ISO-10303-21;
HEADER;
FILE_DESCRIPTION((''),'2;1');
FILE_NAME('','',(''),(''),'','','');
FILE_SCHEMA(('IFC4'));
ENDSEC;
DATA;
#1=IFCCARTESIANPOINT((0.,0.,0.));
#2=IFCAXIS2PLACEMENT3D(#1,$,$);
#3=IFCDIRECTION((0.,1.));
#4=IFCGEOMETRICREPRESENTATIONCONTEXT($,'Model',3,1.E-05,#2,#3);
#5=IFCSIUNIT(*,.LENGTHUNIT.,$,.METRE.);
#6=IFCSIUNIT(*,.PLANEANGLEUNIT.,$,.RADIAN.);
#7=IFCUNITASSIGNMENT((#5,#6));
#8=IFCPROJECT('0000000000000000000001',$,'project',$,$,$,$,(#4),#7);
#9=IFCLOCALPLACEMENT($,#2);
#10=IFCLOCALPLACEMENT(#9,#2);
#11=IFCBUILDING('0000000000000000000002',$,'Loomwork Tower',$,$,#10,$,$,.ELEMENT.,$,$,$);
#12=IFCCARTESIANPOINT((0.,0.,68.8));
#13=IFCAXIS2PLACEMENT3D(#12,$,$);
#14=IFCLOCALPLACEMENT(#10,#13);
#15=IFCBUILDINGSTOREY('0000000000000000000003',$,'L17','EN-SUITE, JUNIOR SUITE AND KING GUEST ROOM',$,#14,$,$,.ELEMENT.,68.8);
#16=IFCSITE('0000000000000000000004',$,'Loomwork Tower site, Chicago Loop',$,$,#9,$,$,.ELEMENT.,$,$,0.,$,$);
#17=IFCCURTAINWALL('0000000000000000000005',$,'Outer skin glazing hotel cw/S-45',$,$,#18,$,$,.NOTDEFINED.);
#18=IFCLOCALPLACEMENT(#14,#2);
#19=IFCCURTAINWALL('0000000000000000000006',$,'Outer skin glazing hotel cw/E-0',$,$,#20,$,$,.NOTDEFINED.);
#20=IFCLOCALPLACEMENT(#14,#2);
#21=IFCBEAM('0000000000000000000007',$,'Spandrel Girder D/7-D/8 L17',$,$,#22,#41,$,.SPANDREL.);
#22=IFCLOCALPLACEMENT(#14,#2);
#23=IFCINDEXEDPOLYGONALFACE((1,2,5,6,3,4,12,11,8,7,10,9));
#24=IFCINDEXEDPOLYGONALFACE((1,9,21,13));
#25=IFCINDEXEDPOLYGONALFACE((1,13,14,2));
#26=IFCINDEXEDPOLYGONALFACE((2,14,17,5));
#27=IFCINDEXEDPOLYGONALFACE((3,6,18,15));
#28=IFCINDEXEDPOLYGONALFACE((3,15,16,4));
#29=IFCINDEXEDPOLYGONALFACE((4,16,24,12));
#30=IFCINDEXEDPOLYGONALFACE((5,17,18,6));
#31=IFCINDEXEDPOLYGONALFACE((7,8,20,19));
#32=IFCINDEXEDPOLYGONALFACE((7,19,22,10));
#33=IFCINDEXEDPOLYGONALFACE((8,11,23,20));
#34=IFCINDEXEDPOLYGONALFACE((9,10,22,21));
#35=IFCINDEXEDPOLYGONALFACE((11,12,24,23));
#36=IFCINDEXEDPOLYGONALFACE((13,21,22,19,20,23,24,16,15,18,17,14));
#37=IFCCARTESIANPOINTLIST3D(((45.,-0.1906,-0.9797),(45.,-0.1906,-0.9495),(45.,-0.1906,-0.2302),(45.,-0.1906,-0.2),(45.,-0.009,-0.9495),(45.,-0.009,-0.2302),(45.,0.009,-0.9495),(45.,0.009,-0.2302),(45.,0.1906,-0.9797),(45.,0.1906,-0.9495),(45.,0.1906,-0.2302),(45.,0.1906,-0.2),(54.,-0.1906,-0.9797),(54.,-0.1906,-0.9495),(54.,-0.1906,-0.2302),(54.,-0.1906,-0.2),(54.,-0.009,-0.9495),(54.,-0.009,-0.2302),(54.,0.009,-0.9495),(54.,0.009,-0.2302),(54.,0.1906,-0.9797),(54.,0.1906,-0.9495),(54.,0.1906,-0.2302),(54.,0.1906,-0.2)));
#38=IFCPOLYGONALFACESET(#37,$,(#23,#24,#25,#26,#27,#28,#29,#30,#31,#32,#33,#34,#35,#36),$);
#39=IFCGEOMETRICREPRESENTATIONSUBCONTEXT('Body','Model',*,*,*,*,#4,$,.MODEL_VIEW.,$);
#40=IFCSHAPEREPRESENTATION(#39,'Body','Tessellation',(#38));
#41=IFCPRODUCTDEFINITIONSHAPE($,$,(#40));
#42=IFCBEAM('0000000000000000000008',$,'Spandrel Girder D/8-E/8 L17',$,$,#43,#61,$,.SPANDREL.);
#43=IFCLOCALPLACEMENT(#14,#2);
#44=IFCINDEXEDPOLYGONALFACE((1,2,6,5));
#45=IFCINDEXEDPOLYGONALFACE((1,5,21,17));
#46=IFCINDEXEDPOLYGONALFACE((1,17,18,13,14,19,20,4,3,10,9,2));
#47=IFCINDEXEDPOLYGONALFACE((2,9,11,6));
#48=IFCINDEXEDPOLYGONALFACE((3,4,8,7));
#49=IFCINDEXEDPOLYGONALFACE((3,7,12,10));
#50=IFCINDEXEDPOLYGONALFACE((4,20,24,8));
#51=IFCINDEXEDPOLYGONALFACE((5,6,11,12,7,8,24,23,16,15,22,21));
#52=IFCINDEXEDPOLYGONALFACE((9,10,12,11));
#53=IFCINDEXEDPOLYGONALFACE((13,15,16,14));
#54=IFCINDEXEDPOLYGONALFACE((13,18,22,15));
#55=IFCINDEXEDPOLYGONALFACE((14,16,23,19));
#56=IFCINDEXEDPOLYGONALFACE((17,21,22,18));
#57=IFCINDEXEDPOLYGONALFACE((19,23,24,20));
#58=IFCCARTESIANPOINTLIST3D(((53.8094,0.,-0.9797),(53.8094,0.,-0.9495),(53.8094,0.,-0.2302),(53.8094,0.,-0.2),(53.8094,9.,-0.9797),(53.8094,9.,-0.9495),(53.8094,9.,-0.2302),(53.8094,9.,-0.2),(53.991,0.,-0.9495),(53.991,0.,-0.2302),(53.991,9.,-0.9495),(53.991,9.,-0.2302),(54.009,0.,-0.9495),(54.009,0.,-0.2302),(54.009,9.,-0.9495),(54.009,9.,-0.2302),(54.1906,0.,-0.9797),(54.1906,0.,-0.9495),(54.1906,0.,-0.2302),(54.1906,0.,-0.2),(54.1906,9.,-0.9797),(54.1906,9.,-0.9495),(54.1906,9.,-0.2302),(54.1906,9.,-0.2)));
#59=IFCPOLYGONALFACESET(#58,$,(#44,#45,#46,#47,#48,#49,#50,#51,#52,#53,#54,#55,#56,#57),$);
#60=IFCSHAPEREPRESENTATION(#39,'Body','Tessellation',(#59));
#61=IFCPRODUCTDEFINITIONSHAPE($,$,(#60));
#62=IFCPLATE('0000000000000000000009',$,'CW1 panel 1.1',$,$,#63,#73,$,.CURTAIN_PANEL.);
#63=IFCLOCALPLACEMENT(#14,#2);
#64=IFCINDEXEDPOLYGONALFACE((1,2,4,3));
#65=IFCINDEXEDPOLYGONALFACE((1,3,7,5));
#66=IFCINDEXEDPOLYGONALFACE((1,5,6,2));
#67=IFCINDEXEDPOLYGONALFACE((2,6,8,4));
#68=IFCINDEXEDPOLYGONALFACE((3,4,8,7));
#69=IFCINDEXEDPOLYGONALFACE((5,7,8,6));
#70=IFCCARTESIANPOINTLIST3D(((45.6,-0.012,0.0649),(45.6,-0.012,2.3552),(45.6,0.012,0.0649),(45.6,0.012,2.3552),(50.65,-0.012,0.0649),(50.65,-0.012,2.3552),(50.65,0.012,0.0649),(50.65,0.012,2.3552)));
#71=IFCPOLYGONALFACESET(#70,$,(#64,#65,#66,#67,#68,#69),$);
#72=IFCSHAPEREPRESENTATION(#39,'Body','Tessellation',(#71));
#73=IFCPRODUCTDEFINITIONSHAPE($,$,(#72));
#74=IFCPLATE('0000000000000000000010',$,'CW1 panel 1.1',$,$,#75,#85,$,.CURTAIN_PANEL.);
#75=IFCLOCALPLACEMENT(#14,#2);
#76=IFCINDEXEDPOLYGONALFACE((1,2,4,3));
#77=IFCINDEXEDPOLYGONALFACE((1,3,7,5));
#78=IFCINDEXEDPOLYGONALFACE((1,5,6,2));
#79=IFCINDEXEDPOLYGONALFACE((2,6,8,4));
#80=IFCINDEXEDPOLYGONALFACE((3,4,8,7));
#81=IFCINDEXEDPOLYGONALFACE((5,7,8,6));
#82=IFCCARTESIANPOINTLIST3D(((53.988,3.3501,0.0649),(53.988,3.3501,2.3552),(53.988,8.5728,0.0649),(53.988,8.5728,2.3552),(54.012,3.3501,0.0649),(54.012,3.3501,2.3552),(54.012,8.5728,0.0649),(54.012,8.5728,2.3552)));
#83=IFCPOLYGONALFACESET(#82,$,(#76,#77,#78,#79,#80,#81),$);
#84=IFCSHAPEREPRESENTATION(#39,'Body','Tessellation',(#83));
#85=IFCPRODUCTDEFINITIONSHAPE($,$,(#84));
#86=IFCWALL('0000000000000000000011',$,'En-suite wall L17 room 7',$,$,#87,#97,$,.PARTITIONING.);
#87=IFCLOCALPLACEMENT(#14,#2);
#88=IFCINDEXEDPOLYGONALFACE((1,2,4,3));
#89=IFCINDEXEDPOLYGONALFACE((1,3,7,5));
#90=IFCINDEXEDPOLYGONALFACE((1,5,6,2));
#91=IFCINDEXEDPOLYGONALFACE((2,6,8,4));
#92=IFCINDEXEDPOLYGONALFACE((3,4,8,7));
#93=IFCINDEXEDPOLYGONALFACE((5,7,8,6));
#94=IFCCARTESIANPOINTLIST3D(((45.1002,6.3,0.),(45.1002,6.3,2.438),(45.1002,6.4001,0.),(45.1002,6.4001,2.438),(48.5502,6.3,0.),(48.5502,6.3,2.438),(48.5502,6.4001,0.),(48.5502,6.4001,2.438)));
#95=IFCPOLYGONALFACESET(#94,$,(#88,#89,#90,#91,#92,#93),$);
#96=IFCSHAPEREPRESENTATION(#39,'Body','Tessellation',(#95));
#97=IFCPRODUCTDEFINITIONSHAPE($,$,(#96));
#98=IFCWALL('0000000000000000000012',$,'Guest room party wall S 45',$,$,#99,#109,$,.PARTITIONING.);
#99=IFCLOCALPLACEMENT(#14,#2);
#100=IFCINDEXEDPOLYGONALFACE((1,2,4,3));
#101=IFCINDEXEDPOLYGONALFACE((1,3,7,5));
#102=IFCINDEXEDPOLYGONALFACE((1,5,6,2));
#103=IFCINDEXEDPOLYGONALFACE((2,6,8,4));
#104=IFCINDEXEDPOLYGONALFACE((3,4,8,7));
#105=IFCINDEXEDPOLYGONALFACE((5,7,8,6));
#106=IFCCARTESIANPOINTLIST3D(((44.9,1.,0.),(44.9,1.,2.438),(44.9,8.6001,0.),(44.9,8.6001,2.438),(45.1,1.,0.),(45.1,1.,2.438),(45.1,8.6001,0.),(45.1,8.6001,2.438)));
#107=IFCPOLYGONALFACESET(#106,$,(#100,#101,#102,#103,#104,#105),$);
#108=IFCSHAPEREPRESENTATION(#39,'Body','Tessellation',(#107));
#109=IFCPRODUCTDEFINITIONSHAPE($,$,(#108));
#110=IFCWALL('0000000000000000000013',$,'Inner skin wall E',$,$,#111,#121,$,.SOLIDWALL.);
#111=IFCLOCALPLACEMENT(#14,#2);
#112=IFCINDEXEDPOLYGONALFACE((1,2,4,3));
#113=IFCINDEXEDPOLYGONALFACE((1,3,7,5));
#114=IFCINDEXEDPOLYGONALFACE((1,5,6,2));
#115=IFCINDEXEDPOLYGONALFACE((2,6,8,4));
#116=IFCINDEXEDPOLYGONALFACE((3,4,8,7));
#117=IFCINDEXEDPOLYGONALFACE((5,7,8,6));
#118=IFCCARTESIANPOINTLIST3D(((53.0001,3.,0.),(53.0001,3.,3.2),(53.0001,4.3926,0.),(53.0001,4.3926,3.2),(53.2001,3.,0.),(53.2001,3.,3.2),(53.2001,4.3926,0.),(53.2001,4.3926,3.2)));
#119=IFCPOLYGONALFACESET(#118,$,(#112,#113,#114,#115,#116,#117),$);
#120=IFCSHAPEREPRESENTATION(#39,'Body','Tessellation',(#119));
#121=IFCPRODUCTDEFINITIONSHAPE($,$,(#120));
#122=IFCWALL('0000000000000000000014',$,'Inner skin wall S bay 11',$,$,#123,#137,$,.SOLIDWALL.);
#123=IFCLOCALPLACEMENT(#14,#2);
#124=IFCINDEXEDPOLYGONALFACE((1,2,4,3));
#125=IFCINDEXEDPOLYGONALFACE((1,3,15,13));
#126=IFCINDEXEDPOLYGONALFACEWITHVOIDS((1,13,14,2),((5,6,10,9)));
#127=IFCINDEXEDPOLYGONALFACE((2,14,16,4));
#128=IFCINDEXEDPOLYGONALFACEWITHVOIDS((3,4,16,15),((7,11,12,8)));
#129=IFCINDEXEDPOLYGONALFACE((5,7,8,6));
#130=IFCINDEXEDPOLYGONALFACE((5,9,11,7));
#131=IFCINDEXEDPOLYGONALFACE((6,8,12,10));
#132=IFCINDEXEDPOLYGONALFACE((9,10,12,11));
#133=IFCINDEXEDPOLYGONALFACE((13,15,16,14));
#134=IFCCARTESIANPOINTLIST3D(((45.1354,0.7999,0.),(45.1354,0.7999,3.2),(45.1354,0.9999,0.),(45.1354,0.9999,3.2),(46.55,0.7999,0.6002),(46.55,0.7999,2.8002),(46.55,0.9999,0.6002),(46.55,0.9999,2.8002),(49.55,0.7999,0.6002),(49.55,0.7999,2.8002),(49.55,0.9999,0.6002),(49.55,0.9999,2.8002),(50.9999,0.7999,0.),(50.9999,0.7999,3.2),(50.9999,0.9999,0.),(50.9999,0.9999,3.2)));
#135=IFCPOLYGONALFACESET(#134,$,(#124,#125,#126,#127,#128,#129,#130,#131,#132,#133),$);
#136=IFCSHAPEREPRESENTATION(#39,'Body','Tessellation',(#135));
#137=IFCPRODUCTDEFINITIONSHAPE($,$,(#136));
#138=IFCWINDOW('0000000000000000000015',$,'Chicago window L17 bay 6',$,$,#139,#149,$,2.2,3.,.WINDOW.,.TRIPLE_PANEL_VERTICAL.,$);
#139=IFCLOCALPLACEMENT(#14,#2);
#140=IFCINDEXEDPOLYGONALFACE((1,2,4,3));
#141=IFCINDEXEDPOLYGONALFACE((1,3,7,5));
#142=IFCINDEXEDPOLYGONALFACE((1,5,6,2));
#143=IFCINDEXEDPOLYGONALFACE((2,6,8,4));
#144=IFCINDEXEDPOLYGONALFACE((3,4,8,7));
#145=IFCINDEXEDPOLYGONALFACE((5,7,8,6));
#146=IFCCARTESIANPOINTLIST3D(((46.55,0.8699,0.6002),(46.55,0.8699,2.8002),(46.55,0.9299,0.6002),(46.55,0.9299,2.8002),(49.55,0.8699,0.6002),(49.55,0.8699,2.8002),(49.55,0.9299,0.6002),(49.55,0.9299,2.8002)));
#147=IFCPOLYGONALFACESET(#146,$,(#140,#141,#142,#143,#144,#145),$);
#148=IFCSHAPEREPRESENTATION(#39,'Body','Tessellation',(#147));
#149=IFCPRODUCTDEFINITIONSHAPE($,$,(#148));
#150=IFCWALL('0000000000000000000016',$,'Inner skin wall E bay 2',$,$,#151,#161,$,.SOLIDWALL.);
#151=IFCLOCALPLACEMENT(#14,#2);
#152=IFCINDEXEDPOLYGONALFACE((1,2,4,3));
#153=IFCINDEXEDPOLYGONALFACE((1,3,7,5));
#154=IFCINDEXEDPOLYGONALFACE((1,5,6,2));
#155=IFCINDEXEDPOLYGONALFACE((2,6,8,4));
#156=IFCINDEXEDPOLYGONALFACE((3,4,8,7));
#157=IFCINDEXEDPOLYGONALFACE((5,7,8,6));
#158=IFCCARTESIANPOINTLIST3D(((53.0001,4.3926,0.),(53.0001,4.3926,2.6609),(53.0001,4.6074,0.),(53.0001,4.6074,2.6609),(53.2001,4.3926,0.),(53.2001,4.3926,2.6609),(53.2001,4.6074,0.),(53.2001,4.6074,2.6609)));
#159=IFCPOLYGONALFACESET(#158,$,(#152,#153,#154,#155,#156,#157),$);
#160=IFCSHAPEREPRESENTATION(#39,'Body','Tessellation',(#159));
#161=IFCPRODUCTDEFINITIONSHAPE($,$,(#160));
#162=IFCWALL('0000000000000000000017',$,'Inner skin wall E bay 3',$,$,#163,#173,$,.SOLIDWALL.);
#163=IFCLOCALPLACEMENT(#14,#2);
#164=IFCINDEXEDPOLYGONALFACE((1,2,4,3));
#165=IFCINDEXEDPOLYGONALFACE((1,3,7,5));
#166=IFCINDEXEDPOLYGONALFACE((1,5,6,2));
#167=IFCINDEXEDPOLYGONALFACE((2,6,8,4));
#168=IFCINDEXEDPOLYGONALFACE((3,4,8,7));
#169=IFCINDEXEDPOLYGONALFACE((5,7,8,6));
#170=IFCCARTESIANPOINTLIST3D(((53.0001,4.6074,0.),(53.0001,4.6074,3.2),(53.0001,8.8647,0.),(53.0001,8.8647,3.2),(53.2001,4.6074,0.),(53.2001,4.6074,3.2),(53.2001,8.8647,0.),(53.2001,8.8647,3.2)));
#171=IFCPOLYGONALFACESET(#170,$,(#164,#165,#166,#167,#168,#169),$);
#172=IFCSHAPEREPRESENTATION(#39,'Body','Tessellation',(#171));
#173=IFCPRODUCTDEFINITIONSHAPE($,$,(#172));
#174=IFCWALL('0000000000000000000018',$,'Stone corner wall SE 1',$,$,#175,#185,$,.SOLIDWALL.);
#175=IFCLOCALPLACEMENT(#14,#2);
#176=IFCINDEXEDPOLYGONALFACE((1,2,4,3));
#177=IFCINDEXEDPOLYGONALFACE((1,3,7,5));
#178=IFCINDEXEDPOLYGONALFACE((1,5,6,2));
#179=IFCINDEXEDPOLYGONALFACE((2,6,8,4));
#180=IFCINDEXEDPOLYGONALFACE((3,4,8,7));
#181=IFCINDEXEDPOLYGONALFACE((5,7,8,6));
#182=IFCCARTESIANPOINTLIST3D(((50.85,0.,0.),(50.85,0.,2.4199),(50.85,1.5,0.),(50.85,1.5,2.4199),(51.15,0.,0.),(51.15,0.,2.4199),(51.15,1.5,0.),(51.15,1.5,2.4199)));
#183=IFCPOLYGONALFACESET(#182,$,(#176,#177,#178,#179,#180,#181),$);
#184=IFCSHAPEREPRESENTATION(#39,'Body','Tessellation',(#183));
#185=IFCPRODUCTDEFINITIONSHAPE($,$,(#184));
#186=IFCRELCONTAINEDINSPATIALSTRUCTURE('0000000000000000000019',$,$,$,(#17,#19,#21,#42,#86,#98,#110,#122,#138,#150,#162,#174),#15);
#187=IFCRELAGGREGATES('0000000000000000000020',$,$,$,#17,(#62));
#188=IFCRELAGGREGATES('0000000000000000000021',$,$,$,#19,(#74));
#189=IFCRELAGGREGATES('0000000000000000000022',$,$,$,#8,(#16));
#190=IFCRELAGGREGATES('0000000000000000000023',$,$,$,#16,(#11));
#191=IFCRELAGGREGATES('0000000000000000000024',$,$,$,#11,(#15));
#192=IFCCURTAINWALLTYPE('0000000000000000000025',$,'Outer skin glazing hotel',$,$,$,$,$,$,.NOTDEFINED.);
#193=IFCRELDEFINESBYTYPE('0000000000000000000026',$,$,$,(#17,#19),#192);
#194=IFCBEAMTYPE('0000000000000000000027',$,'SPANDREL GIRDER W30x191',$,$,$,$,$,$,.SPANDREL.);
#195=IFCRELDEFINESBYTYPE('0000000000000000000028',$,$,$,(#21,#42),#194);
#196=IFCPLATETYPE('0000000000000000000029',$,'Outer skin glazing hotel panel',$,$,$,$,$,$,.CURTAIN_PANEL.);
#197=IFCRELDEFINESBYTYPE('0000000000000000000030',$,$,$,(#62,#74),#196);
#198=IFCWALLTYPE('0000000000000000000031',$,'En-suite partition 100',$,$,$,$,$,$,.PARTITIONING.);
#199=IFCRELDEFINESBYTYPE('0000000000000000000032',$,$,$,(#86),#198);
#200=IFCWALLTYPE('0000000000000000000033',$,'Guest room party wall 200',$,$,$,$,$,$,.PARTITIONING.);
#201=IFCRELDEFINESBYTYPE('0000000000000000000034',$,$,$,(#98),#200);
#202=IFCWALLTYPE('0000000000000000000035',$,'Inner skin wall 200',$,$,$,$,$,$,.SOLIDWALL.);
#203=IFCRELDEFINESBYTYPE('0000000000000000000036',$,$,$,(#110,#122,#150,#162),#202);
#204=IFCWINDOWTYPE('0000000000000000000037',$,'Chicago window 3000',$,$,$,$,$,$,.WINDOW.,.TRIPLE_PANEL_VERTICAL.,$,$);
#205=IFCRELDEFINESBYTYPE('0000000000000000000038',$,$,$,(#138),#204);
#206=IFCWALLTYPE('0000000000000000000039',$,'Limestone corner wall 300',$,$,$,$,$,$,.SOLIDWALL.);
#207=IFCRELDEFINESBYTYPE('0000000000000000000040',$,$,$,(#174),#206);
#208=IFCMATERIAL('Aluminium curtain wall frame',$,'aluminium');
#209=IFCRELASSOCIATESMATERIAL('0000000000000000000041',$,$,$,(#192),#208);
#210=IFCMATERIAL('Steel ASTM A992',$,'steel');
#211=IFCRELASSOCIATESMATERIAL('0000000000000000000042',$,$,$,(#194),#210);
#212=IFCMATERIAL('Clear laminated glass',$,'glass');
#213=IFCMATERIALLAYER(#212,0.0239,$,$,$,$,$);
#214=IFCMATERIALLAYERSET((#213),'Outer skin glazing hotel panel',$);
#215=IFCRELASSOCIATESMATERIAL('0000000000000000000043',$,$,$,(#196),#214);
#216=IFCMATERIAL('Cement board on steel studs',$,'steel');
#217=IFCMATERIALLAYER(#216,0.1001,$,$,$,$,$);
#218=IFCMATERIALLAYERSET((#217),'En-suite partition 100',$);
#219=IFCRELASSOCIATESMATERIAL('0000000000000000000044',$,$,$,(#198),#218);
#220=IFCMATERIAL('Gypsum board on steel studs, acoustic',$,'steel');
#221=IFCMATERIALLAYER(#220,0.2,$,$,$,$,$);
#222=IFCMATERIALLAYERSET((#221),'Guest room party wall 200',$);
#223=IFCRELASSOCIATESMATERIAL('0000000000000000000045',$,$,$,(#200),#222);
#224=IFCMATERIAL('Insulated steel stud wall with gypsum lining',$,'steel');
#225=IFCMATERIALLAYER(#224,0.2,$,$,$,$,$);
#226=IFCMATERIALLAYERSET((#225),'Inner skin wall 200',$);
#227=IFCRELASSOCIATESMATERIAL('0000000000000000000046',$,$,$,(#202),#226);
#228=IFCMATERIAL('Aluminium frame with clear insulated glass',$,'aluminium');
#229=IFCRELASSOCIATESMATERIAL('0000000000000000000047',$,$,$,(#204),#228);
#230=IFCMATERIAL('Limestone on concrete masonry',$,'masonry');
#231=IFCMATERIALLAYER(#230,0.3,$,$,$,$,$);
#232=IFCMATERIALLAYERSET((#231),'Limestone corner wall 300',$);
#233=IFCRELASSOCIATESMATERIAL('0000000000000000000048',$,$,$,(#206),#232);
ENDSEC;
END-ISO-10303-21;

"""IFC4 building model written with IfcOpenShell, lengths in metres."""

from ifc_helpers import new_model, si_unit, direction, frame, frame_2d, origin, origin_2d, place, context, subcontext, project, spatial, rectangle, i_section, extrude, material, layer, layer_set, material_profile, profile_set, type_object, element, fill, aggregate, save


model = new_model("IFC4")

# Units and contexts
model_context = context("Model", 3, precision=1e-05, world=origin(), true_north=direction((0.0, 1.0)))
body_context = subcontext(model_context, "Body", "Model", "MODEL_VIEW")
ifc_project = project(units=[si_unit("LENGTHUNIT", "METRE"), si_unit("PLANEANGLEUNIT", "RADIAN")], contexts=[model_context])

# Site, building, storey
site_placement = place(None, origin())
site = spatial("IfcSite", under=ifc_project, at=site_placement, Name="Loomwork Tower site, Chicago Loop", CompositionType="ELEMENT", RefElevation=0.0)
building_placement = place(site_placement, origin())
building = spatial("IfcBuilding", under=site, at=building_placement, Name="Loomwork Tower", CompositionType="ELEMENT")
storey_placement = place(building_placement, frame((0.0, 0.0, 68.8)))
storey = spatial("IfcBuildingStorey", under=building, at=storey_placement, Name="L17", Description="EN-SUITE, JUNIOR SUITE AND KING GUEST ROOM", CompositionType="ELEMENT", Elevation=68.8)

# Curtain wall
ifc_material_1 = material(Name="Aluminium curtain wall frame", Category="aluminium")
curtain_wall_type = type_object("IfcCurtainWallType", Name="Outer skin glazing hotel", PredefinedType="NOTDEFINED", material=ifc_material_1)
curtain_wall_1_placement = place(storey_placement, origin())
curtain_wall_1 = element("IfcCurtainWall", 1, at=curtain_wall_1_placement, inside=storey, type_object=curtain_wall_type, Name="Outer skin glazing hotel cw/S-45", PredefinedType="NOTDEFINED")

# Curtain wall
curtain_wall_2_placement = place(storey_placement, origin())
curtain_wall_2 = element("IfcCurtainWall", 2, at=curtain_wall_2_placement, inside=storey, type_object=curtain_wall_type, Name="Outer skin glazing hotel cw/E-0", PredefinedType="NOTDEFINED")

# Beams
ifc_material_2 = material(Name="Steel ASTM A992", Category="steel")
ifc_material_profile_1 = material_profile(ifc_material_2, i_section(OverallWidth=0.3811, OverallDepth=0.7798, WebThickness=0.0181, FlangeThickness=0.0303, at=origin_2d()), Name="W30x191")
ifc_profile_set_1 = profile_set([ifc_material_profile_1], Name="Steel ASTM A992")
beam_type_1 = type_object("IfcBeamType", Name="SPANDREL GIRDER W30x191", PredefinedType="SPANDREL", material=ifc_profile_set_1)
for number, where, z_axis, x_axis, name in (
    (3, (45.0, 0.0, -0.5898), (1.0, 0.0, 0.0), (0.0, 1.0, 0.0), "Spandrel Girder D/7-D/8 L17"),
    (4, (54.0, 0.0, -0.5898), (0.0, 1.0, 0.0), (-1.0, 0.0, 0.0), "Spandrel Girder D/8-E/8 L17"),
):
    element("IfcBeam", number, at=place(storey_placement, frame(where, z_axis=z_axis, x_axis=x_axis)), inside=storey, type_object=beam_type_1, Name=name, PredefinedType="SPANDREL", context=body_context, shape_type="SweptSolid", body=[
        extrude(i_section(OverallWidth=0.3811, OverallDepth=0.7798, WebThickness=0.0181, FlangeThickness=0.0303, at=origin_2d()), origin(), (0.0, 0.0, 1.0), 9.0),
    ])

# Plates
ifc_material_3 = material(Name="Clear laminated glass", Category="glass")
ifc_layer_1 = layer(ifc_material_3, 0.0239)
ifc_layer_set_1 = layer_set([ifc_layer_1], Name="Outer skin glazing hotel panel")
plate_type = type_object("IfcPlateType", Name="Outer skin glazing hotel panel", PredefinedType="CURTAIN_PANEL", material=ifc_layer_set_1)
plate_1_placement = place(storey_placement, frame((48.125, 0.0, 0.0649), z_axis=(0.0, 0.0, 1.0), x_axis=(1.0, 0.0, 0.0)))
plate_1 = element("IfcPlate", 5, at=plate_1_placement, type_object=plate_type, Name="CW1 panel 1.1", PredefinedType="CURTAIN_PANEL", context=body_context, shape_type="SweptSolid", body=[
    extrude(rectangle(XDim=5.05, YDim=0.0239, at=origin_2d()), origin(), (0.0, 0.0, 1.0), 2.2903),
])
aggregate(curtain_wall_1, [plate_1])
plate_2_placement = place(storey_placement, frame((54.0, 5.9614, 0.0649), z_axis=(0.0, 0.0, 1.0), x_axis=(0.0, 1.0, 0.0)))
plate_2 = element("IfcPlate", 6, at=plate_2_placement, type_object=plate_type, Name="CW1 panel 1.1", PredefinedType="CURTAIN_PANEL", context=body_context, shape_type="SweptSolid", body=[
    extrude(rectangle(XDim=5.2227, YDim=0.0239, at=origin_2d()), origin(), (0.0, 0.0, 1.0), 2.2903),
])
aggregate(curtain_wall_2, [plate_2])

# Walls
ifc_material_4 = material(Name="Cement board on steel studs", Category="steel")
ifc_layer_2 = layer(ifc_material_4, 0.1001)
ifc_layer_set_2 = layer_set([ifc_layer_2], Name="En-suite partition 100")
wall_type_1 = type_object("IfcWallType", Name="En-suite partition 100", PredefinedType="PARTITIONING", material=ifc_layer_set_2)
wall_1_placement = place(storey_placement, frame((45.1001, 6.3501, 0.0), z_axis=(0.0, 0.0, 1.0), x_axis=(1.0, 0.0, 0.0)))
element("IfcWall", 7, at=wall_1_placement, inside=storey, type_object=wall_type_1, Name="En-suite wall L17 room 7", PredefinedType="PARTITIONING", context=body_context, shape_type="SweptSolid", body=[
    extrude(rectangle(XDim=3.45, YDim=0.1001, at=frame_2d((1.7251, 0.0))), origin(), (0.0, 0.0, 1.0), 2.438),
])
ifc_material_5 = material(Name="Gypsum board on steel studs, acoustic", Category="steel")
ifc_layer_3 = layer(ifc_material_5, 0.2)
ifc_layer_set_3 = layer_set([ifc_layer_3], Name="Guest room party wall 200")
wall_type_2 = type_object("IfcWallType", Name="Guest room party wall 200", PredefinedType="PARTITIONING", material=ifc_layer_set_3)
wall_2_placement = place(storey_placement, frame((45.0, 8.6001, 0.0), z_axis=(0.0, 0.0, 1.0), x_axis=(0.0, -1.0, 0.0)))
element("IfcWall", 8, at=wall_2_placement, inside=storey, type_object=wall_type_2, Name="Guest room party wall S 45", PredefinedType="PARTITIONING", context=body_context, shape_type="SweptSolid", body=[
    extrude(rectangle(XDim=7.6001, YDim=0.2, at=frame_2d((3.8, 0.0))), origin(), (0.0, 0.0, 1.0), 2.438),
])
ifc_material_6 = material(Name="Insulated steel stud wall with gypsum lining", Category="steel")
ifc_layer_4 = layer(ifc_material_6, 0.2)
ifc_layer_set_4 = layer_set([ifc_layer_4], Name="Inner skin wall 200")
wall_type_3 = type_object("IfcWallType", Name="Inner skin wall 200", PredefinedType="SOLIDWALL", material=ifc_layer_set_4)
wall_3_placement = place(storey_placement, frame((53.1001, 3.0, 0.0), z_axis=(0.0, 0.0, 1.0), x_axis=(0.0, 1.0, 0.0)))
element("IfcWall", 9, at=wall_3_placement, inside=storey, type_object=wall_type_3, Name="Inner skin wall E", PredefinedType="SOLIDWALL", context=body_context, shape_type="SweptSolid", body=[
    extrude(rectangle(XDim=1.3926, YDim=0.2, at=frame_2d((0.6963, 0.0))), origin(), (0.0, 0.0, 1.0), 3.2),
])

# Wall, opening, window
wall_4_placement = place(storey_placement, frame((45.1355, 0.8999, 0.0), z_axis=(0.0, 0.0, 1.0), x_axis=(1.0, 0.0, 0.0)))
wall_4 = element("IfcWall", 10, at=wall_4_placement, inside=storey, type_object=wall_type_3, Name="Inner skin wall S bay 11", PredefinedType="SOLIDWALL", context=body_context, shape_type="SweptSolid", body=[
    extrude(rectangle(XDim=5.8645, YDim=0.2, at=frame_2d((2.9321, 0.0))), origin(), (0.0, 0.0, 1.0), 3.2),
])
opening_1_placement = place(wall_4_placement, frame((1.4146, 0.0, 0.6001)))
opening_1 = element("IfcOpeningElement", 11, at=opening_1_placement, cuts=wall_4, PredefinedType="OPENING", context=body_context, shape_type="SweptSolid", body=[
    extrude(rectangle(XDim=3.0, YDim=2.2, at=frame_2d((1.5, 1.1001))), frame((0.0, 0.1099, 0.0), z_axis=(0.0, -1.0, 0.0), x_axis=(1.0, 0.0, 0.0)), (0.0, 0.0, 1.0), 0.22),
])
ifc_material_7 = material(Name="Aluminium frame with clear insulated glass", Category="aluminium")
window_type_1 = type_object("IfcWindowType", Name="Chicago window 3000", PartitioningType="TRIPLE_PANEL_VERTICAL", PredefinedType="WINDOW", material=ifc_material_7)
window_1_placement = place(opening_1_placement, origin())
window_1 = element("IfcWindow", 12, at=window_1_placement, inside=storey, type_object=window_type_1, Name="Chicago window L17 bay 6", OverallHeight=2.2, OverallWidth=3.0, PartitioningType="TRIPLE_PANEL_VERTICAL", PredefinedType="WINDOW", context=body_context, shape_type="SweptSolid", body=[
    extrude(rectangle(XDim=3.0, YDim=2.2, at=frame_2d((1.5, 1.1001))), frame((0.0, 0.03, 0.0), z_axis=(0.0, -1.0, 0.0), x_axis=(1.0, 0.0, 0.0)), (0.0, 0.0, 1.0), 0.0601),
])
fill(opening_1, window_1)

# Walls
wall_5_placement = place(storey_placement, frame((53.1001, 4.3926, 0.0), z_axis=(0.0, 0.0, 1.0), x_axis=(0.0, 1.0, 0.0)))
element("IfcWall", 13, at=wall_5_placement, inside=storey, type_object=wall_type_3, Name="Inner skin wall E bay 2", PredefinedType="SOLIDWALL", context=body_context, shape_type="SweptSolid", body=[
    extrude(rectangle(XDim=0.2148, YDim=0.2, at=frame_2d((0.1074, 0.0))), origin(), (0.0, 0.0, 1.0), 2.6609),
])
wall_6_placement = place(storey_placement, frame((53.1001, 4.6074, 0.0), z_axis=(0.0, 0.0, 1.0), x_axis=(0.0, 1.0, 0.0)))
element("IfcWall", 14, at=wall_6_placement, inside=storey, type_object=wall_type_3, Name="Inner skin wall E bay 3", PredefinedType="SOLIDWALL", context=body_context, shape_type="SweptSolid", body=[
    extrude(rectangle(XDim=4.2573, YDim=0.2, at=frame_2d((2.1287, 0.0))), origin(), (0.0, 0.0, 1.0), 3.2),
])
ifc_material_8 = material(Name="Limestone on concrete masonry", Category="masonry")
ifc_layer_5 = layer(ifc_material_8, 0.3)
ifc_layer_set_5 = layer_set([ifc_layer_5], Name="Limestone corner wall 300")
wall_type_4 = type_object("IfcWallType", Name="Limestone corner wall 300", PredefinedType="SOLIDWALL", material=ifc_layer_set_5)
wall_7_placement = place(storey_placement, frame((51.0, 0.0, 0.0), z_axis=(0.0, 0.0, 1.0), x_axis=(0.0, 1.0, 0.0)))
element("IfcWall", 15, at=wall_7_placement, inside=storey, type_object=wall_type_4, Name="Stone corner wall SE 1", PredefinedType="SOLIDWALL", context=body_context, shape_type="SweptSolid", body=[
    extrude(rectangle(XDim=1.5, YDim=0.3, at=frame_2d((0.75, 0.0))), origin(), (0.0, 0.0, 1.0), 2.4199),
])

save(model, "model.ifc")
